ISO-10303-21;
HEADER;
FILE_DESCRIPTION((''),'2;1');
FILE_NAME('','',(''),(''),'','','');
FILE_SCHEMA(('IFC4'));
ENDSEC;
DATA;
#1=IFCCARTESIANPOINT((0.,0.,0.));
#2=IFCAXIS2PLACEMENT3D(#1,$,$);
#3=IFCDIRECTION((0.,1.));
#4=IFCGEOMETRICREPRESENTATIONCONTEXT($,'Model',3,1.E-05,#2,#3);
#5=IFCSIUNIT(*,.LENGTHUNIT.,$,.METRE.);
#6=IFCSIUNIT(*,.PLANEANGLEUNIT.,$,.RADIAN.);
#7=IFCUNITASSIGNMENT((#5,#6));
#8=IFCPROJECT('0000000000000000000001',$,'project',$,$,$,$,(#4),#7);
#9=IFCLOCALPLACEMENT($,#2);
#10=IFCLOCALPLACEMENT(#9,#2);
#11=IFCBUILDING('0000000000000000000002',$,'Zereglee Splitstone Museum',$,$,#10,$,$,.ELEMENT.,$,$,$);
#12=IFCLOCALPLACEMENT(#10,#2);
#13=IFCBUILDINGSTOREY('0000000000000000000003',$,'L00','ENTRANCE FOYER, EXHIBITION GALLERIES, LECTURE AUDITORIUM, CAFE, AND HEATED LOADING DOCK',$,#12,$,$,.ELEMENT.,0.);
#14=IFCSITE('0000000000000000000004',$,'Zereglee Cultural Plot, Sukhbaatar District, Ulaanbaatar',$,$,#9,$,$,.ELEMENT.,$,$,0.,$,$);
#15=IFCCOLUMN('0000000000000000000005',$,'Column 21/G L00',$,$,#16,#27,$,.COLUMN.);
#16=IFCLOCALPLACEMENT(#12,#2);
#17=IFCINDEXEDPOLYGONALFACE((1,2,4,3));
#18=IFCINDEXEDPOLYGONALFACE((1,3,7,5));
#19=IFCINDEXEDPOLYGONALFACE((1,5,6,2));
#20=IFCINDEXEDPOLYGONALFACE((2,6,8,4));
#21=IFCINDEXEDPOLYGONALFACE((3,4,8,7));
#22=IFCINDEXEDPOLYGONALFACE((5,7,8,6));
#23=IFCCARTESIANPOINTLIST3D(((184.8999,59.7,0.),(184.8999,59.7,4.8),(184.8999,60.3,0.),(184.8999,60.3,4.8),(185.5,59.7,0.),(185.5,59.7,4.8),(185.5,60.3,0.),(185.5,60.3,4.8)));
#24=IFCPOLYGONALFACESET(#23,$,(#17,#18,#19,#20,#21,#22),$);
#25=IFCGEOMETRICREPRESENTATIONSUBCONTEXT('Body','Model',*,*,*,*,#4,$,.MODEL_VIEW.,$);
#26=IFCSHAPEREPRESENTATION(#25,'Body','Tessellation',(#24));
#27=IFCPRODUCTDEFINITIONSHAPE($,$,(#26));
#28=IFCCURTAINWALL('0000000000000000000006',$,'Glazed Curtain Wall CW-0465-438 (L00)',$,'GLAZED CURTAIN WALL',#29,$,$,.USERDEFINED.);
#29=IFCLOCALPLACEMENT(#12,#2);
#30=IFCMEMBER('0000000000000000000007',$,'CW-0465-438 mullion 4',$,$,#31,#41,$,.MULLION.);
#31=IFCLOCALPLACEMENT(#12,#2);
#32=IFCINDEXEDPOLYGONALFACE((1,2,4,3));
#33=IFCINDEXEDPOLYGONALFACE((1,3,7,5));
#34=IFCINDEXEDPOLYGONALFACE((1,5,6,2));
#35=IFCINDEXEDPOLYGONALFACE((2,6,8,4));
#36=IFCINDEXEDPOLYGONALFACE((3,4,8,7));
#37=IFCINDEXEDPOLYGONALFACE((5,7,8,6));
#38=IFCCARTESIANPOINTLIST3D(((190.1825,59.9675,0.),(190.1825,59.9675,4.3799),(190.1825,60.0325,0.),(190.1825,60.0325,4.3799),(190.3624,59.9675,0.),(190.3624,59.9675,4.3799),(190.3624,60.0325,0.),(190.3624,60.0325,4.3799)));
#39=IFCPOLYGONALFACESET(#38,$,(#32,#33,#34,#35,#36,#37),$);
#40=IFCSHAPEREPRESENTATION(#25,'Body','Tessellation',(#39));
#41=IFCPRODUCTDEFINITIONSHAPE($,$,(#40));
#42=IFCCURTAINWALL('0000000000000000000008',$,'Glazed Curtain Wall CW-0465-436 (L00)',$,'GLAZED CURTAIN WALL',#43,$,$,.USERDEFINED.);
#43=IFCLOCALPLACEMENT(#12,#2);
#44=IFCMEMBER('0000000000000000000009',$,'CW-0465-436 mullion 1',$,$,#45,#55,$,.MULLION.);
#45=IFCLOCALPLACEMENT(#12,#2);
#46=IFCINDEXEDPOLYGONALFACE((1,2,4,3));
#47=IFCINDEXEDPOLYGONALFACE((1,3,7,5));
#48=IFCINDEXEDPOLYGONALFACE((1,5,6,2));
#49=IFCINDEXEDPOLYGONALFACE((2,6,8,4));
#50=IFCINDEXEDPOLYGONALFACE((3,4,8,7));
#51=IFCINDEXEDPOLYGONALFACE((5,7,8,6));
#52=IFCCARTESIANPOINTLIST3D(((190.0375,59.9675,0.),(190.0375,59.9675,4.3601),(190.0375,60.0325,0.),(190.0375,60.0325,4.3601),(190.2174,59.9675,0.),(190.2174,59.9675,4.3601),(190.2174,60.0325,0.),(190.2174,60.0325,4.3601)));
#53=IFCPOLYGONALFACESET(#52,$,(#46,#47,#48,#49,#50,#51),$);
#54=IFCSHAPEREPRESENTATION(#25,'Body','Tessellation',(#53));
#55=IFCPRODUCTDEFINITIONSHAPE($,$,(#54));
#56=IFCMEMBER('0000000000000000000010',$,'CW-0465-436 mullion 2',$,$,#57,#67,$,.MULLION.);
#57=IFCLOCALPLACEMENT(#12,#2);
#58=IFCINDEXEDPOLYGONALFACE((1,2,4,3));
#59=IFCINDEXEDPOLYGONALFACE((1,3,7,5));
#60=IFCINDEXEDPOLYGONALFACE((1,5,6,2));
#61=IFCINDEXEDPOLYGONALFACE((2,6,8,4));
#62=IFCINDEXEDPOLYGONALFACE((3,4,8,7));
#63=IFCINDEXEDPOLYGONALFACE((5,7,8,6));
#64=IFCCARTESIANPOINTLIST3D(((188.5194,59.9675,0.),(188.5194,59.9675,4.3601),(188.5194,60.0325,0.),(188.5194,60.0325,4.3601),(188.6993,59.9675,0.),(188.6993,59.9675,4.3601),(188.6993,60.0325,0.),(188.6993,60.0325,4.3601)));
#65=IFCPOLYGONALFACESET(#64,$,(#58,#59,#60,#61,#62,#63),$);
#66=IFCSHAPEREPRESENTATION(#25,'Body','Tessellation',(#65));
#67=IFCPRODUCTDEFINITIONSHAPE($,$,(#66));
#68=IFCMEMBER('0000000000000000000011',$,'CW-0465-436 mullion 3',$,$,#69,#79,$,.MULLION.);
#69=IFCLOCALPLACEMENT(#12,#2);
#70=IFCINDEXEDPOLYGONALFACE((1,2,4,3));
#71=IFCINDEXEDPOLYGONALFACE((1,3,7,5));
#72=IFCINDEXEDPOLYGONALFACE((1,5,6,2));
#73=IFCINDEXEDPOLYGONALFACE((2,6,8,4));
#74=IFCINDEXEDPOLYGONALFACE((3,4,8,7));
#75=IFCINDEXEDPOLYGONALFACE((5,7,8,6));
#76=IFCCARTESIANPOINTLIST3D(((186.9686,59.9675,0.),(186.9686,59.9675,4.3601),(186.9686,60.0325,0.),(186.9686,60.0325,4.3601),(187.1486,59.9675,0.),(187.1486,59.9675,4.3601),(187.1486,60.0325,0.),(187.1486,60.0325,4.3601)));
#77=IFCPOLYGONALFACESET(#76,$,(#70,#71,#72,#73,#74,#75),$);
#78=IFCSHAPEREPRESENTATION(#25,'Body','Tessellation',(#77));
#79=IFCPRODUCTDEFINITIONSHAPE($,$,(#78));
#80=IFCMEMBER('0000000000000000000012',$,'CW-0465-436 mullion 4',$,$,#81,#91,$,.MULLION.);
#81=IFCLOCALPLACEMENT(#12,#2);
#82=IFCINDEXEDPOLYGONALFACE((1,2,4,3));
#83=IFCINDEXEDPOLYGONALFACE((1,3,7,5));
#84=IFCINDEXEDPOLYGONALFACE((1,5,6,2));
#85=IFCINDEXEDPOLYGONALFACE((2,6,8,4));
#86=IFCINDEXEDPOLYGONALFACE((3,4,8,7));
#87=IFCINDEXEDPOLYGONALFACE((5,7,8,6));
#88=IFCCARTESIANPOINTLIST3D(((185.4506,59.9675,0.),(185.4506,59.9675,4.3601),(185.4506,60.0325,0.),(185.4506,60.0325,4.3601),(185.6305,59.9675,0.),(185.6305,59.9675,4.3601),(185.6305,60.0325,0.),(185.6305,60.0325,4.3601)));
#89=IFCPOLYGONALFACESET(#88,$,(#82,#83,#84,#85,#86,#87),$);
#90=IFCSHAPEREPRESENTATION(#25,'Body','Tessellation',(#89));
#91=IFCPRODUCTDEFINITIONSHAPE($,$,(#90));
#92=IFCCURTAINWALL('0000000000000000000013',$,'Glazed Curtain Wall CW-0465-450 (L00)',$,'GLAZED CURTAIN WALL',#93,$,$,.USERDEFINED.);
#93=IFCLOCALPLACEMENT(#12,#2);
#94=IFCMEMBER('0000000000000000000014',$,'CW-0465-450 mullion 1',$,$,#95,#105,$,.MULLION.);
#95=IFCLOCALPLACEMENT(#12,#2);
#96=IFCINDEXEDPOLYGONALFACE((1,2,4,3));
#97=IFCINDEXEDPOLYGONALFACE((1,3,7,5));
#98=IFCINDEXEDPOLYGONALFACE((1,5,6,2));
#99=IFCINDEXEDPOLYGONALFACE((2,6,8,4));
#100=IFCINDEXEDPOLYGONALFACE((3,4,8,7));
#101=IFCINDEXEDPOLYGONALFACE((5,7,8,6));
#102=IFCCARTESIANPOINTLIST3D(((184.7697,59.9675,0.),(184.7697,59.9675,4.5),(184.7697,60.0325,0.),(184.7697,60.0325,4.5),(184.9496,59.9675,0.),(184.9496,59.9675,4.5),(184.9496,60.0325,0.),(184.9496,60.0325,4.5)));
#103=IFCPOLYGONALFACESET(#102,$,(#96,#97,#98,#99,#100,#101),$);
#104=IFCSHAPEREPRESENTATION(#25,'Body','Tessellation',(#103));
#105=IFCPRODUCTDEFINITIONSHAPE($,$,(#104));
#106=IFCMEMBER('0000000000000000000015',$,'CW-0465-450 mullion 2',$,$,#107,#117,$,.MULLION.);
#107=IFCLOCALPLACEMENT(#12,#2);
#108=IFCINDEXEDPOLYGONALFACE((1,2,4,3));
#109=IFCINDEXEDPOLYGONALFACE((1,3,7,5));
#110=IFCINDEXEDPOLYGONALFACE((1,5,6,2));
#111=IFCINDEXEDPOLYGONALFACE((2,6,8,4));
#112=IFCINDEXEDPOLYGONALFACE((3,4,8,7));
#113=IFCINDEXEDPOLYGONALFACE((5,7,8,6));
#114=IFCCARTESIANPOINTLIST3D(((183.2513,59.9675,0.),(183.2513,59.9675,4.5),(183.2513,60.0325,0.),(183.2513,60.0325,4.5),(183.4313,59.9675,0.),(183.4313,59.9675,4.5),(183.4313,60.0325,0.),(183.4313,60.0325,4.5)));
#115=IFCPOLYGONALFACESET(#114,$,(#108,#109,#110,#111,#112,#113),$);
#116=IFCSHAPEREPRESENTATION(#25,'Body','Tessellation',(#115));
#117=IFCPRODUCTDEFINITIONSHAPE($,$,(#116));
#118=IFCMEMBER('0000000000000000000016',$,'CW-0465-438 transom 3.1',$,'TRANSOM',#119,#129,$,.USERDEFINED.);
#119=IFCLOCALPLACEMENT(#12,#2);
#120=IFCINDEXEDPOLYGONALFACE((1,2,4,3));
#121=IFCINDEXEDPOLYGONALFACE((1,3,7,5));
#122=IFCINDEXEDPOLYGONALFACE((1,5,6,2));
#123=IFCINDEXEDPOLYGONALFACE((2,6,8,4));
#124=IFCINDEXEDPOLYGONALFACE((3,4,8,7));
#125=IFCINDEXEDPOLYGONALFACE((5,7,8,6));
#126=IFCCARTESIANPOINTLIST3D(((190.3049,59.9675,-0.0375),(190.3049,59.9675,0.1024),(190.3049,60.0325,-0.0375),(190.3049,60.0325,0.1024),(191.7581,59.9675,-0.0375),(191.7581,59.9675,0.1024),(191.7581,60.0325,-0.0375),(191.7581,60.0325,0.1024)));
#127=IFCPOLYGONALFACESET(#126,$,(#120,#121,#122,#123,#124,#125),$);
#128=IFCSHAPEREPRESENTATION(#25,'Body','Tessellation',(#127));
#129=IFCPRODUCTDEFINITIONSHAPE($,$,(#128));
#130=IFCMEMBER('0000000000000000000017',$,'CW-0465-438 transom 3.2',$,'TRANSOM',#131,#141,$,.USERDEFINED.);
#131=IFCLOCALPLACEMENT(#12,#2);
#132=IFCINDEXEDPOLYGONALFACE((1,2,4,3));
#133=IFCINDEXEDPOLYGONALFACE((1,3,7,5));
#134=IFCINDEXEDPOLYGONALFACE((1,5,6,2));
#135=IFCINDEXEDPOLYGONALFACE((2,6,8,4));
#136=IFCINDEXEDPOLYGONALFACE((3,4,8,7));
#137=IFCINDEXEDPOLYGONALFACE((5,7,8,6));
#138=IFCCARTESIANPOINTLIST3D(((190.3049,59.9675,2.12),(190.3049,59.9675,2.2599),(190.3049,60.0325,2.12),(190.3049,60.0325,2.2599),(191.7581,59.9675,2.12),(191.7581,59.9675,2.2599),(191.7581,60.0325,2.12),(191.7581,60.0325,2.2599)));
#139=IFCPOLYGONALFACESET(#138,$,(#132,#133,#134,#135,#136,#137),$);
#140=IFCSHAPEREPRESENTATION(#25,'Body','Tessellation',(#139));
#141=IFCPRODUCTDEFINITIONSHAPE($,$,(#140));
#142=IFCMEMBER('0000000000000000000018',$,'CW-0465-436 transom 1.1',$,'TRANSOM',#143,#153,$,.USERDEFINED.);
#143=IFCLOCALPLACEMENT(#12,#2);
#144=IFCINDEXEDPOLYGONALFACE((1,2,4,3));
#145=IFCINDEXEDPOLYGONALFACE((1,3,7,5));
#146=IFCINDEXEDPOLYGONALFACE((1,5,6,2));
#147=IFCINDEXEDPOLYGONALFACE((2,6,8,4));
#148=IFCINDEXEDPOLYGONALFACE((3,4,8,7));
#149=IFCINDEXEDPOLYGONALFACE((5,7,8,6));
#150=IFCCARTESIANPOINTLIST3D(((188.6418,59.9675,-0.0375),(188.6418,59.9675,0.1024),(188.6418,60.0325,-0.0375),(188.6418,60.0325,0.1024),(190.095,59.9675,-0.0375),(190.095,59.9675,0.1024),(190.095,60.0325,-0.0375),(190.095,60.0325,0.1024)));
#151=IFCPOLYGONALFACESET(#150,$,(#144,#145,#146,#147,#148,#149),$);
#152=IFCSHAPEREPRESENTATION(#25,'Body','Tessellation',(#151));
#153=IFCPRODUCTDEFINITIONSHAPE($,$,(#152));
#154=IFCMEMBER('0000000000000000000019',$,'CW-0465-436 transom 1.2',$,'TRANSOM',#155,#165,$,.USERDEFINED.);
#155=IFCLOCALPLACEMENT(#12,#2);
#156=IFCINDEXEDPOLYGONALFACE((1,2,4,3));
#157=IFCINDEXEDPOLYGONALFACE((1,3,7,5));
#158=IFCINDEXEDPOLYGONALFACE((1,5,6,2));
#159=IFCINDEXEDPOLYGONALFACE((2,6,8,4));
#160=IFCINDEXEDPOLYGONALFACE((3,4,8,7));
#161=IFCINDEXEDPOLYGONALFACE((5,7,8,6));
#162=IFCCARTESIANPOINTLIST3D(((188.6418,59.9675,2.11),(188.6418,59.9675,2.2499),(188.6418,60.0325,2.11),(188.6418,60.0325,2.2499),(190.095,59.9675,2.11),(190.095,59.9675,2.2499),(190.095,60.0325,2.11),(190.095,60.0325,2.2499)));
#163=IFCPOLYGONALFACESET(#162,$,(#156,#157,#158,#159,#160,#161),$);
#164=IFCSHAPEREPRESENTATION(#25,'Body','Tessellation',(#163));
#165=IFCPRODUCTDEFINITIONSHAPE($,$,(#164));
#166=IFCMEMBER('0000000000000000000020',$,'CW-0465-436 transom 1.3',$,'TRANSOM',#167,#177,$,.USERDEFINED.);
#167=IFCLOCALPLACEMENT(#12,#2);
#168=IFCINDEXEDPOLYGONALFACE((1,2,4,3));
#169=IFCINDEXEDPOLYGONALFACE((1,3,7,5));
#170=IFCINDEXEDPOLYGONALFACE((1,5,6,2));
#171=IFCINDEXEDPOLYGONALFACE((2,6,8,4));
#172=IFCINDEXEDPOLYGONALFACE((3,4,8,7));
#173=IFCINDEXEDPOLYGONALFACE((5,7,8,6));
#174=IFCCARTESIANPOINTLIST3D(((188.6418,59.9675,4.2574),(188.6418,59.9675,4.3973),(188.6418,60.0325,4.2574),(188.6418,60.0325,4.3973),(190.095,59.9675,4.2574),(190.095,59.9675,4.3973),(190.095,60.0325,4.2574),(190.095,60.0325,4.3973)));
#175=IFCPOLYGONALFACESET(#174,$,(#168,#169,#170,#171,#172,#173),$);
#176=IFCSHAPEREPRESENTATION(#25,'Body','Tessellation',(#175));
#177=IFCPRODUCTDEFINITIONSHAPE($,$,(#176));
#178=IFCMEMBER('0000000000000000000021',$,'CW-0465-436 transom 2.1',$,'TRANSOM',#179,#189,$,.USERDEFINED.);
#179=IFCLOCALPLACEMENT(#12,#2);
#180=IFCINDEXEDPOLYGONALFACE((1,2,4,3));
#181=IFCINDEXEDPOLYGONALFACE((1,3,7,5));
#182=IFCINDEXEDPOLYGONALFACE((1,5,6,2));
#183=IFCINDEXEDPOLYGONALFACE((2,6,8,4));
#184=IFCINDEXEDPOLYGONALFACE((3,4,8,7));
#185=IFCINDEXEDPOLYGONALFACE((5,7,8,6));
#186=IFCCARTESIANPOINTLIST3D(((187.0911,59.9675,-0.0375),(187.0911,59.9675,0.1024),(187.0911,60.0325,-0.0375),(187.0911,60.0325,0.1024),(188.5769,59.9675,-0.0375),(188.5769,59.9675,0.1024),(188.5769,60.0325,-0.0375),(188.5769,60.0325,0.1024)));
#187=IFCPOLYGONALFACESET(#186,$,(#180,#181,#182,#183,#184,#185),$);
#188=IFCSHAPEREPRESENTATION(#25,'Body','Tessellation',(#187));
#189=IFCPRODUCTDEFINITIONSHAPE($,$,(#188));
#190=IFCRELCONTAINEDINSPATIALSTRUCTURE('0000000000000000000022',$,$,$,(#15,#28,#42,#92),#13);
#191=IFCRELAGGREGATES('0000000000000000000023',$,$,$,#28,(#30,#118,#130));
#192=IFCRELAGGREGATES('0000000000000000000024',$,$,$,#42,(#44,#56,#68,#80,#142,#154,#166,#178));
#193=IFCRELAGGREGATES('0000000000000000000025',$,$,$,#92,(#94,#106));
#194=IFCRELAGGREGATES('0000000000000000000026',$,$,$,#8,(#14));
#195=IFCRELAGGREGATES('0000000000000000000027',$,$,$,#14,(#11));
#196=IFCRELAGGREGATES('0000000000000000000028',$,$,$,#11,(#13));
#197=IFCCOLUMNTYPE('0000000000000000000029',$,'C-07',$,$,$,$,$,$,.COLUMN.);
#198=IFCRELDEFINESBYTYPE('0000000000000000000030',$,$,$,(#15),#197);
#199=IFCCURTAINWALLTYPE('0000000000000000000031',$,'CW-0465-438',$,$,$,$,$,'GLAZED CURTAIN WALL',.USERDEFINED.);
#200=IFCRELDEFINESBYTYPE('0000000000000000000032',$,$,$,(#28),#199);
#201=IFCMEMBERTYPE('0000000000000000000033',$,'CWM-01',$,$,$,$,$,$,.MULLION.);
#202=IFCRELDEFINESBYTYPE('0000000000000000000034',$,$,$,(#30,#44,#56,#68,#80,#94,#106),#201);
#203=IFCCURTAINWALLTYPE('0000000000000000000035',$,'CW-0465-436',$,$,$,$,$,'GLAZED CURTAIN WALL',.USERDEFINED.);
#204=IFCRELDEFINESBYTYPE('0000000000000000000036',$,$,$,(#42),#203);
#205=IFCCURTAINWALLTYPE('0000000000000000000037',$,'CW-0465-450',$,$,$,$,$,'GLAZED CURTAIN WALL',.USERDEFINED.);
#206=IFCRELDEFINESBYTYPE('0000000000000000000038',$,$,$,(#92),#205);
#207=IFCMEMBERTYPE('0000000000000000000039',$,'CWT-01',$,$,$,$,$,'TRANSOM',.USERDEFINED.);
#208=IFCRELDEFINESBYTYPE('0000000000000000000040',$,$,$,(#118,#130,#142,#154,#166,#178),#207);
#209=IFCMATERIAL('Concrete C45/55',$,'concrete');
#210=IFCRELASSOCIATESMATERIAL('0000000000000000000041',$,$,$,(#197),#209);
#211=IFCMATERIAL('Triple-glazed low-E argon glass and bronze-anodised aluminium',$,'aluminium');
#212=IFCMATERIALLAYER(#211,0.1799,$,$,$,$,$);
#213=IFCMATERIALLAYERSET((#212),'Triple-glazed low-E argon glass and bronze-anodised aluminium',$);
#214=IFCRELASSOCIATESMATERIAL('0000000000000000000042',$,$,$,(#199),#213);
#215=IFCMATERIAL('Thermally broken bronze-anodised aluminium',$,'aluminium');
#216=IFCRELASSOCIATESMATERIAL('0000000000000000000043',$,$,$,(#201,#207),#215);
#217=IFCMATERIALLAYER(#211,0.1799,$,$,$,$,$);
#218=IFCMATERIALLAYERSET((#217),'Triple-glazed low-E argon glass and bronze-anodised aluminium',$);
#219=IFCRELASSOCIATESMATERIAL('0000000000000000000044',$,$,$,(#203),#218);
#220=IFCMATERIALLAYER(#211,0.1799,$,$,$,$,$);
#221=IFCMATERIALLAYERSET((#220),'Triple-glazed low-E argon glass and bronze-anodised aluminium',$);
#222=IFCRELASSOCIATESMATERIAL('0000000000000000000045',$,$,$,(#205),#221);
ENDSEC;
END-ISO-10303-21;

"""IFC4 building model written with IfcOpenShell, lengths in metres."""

from ifc_helpers import new_model, si_unit, direction, frame, origin, origin_2d, place, context, subcontext, project, spatial, rectangle, extrude, material, layer, layer_set, material_profile, profile_set, type_object, element, aggregate, save


model = new_model("IFC4")

# Units and contexts
model_context = context("Model", 3, precision=1e-05, world=origin(), true_north=direction((0.0, 1.0)))
body_context = subcontext(model_context, "Body", "Model", "MODEL_VIEW")
ifc_project = project(units=[si_unit("LENGTHUNIT", "METRE"), si_unit("PLANEANGLEUNIT", "RADIAN")], contexts=[model_context])

# Site, building, storey
site_placement = place(None, origin())
site = spatial("IfcSite", under=ifc_project, at=site_placement, Name="Zereglee Cultural Plot, Sukhbaatar District, Ulaanbaatar", CompositionType="ELEMENT", RefElevation=0.0)
building_placement = place(site_placement, origin())
building = spatial("IfcBuilding", under=site, at=building_placement, Name="Zereglee Splitstone Museum", CompositionType="ELEMENT")
storey_placement = place(building_placement, origin())
storey = spatial("IfcBuildingStorey", under=building, at=storey_placement, Name="L00", Description="ENTRANCE FOYER, EXHIBITION GALLERIES, LECTURE AUDITORIUM, CAFE, AND HEATED LOADING DOCK", CompositionType="ELEMENT", Elevation=0.0)

# Column
ifc_material_1 = material(Name="Concrete C45/55", Category="concrete")
ifc_material_profile_1 = material_profile(ifc_material_1, rectangle(XDim=0.6001, YDim=0.6001, at=origin_2d()), Name="RC 600x600")
ifc_profile_set_1 = profile_set([ifc_material_profile_1], Name="Concrete C45/55")
column_type = type_object("IfcColumnType", Name="C-07", PredefinedType="COLUMN", material=ifc_profile_set_1)
column_placement = place(storey_placement, frame((185.2, 60.0, 0.0), z_axis=(0.0, 0.0, 1.0), x_axis=(1.0, 0.0, 0.0)))
element("IfcColumn", 1, at=column_placement, inside=storey, type_object=column_type, Name="Column 21/G L00", PredefinedType="COLUMN", context=body_context, shape_type="SweptSolid", body=[
    extrude(rectangle(XDim=0.6001, YDim=0.6001, at=origin_2d()), origin(), (0.0, 0.0, 1.0), 4.8),
])

# Curtain wall, member
ifc_material_2 = material(Name="Triple-glazed low-E argon glass and bronze-anodised aluminium", Category="aluminium")
ifc_layer_1 = layer(ifc_material_2, 0.1799)
ifc_layer_set_1 = layer_set([ifc_layer_1], Name="Triple-glazed low-E argon glass and bronze-anodised aluminium")
curtain_wall_type_1 = type_object("IfcCurtainWallType", Name="CW-0465-438", ElementType="GLAZED CURTAIN WALL", PredefinedType="USERDEFINED", material=ifc_layer_set_1)
curtain_wall_1_placement = place(storey_placement, origin())
curtain_wall_1 = element("IfcCurtainWall", 2, at=curtain_wall_1_placement, inside=storey, type_object=curtain_wall_type_1, Name="Glazed Curtain Wall CW-0465-438 (L00)", ObjectType="GLAZED CURTAIN WALL", PredefinedType="USERDEFINED")
ifc_material_3 = material(Name="Thermally broken bronze-anodised aluminium", Category="aluminium")
ifc_material_profile_2 = material_profile(ifc_material_3, rectangle(XDim=0.0649, YDim=0.1799, at=origin_2d()), Name="CW MULL 65x180")
ifc_profile_set_2 = profile_set([ifc_material_profile_2], Name="Thermally broken bronze-anodised aluminium")
member_type_1 = type_object("IfcMemberType", Name="CWM-01", PredefinedType="MULLION", material=ifc_profile_set_2)
member_1_placement = place(storey_placement, frame((190.2725, 60.0, 0.0), z_axis=(0.0, 0.0, 1.0), x_axis=(0.0, -1.0, 0.0)))
member_1 = element("IfcMember", 3, at=member_1_placement, type_object=member_type_1, Name="CW-0465-438 mullion 4", PredefinedType="MULLION", context=body_context, shape_type="SweptSolid", body=[
    extrude(rectangle(XDim=0.0649, YDim=0.1799, at=origin_2d()), origin(), (0.0, 0.0, 1.0), 4.3799),
])

# Curtain walls, members
ifc_layer_2 = layer(ifc_material_2, 0.1799)
ifc_layer_set_2 = layer_set([ifc_layer_2], Name="Triple-glazed low-E argon glass and bronze-anodised aluminium")
curtain_wall_type_2 = type_object("IfcCurtainWallType", Name="CW-0465-436", ElementType="GLAZED CURTAIN WALL", PredefinedType="USERDEFINED", material=ifc_layer_set_2)
curtain_wall_2_placement = place(storey_placement, origin())
curtain_wall_2 = element("IfcCurtainWall", 4, at=curtain_wall_2_placement, inside=storey, type_object=curtain_wall_type_2, Name="Glazed Curtain Wall CW-0465-436 (L00)", ObjectType="GLAZED CURTAIN WALL", PredefinedType="USERDEFINED")
member_2_placement = place(storey_placement, frame((190.1274, 60.0, 0.0), z_axis=(0.0, 0.0, 1.0), x_axis=(0.0, -1.0, 0.0)))
member_2 = element("IfcMember", 5, at=member_2_placement, type_object=member_type_1, Name="CW-0465-436 mullion 1", PredefinedType="MULLION", context=body_context, shape_type="SweptSolid", body=[
    extrude(rectangle(XDim=0.0649, YDim=0.1799, at=origin_2d()), origin(), (0.0, 0.0, 1.0), 4.3601),
])
member_3_placement = place(storey_placement, frame((188.6094, 60.0, 0.0), z_axis=(0.0, 0.0, 1.0), x_axis=(0.0, -1.0, 0.0)))
member_3 = element("IfcMember", 6, at=member_3_placement, type_object=member_type_1, Name="CW-0465-436 mullion 2", PredefinedType="MULLION", context=body_context, shape_type="SweptSolid", body=[
    extrude(rectangle(XDim=0.0649, YDim=0.1799, at=origin_2d()), origin(), (0.0, 0.0, 1.0), 4.3601),
])
member_4_placement = place(storey_placement, frame((187.0586, 60.0, 0.0), z_axis=(0.0, 0.0, 1.0), x_axis=(0.0, -1.0, 0.0)))
member_4 = element("IfcMember", 7, at=member_4_placement, type_object=member_type_1, Name="CW-0465-436 mullion 3", PredefinedType="MULLION", context=body_context, shape_type="SweptSolid", body=[
    extrude(rectangle(XDim=0.0649, YDim=0.1799, at=origin_2d()), origin(), (0.0, 0.0, 1.0), 4.3601),
])
member_5_placement = place(storey_placement, frame((185.5405, 60.0, 0.0), z_axis=(0.0, 0.0, 1.0), x_axis=(0.0, -1.0, 0.0)))
member_5 = element("IfcMember", 8, at=member_5_placement, type_object=member_type_1, Name="CW-0465-436 mullion 4", PredefinedType="MULLION", context=body_context, shape_type="SweptSolid", body=[
    extrude(rectangle(XDim=0.0649, YDim=0.1799, at=origin_2d()), origin(), (0.0, 0.0, 1.0), 4.3601),
])
ifc_layer_3 = layer(ifc_material_2, 0.1799)
ifc_layer_set_3 = layer_set([ifc_layer_3], Name="Triple-glazed low-E argon glass and bronze-anodised aluminium")
curtain_wall_type_3 = type_object("IfcCurtainWallType", Name="CW-0465-450", ElementType="GLAZED CURTAIN WALL", PredefinedType="USERDEFINED", material=ifc_layer_set_3)
curtain_wall_3_placement = place(storey_placement, origin())
curtain_wall_3 = element("IfcCurtainWall", 9, at=curtain_wall_3_placement, inside=storey, type_object=curtain_wall_type_3, Name="Glazed Curtain Wall CW-0465-450 (L00)", ObjectType="GLAZED CURTAIN WALL", PredefinedType="USERDEFINED")
member_6_placement = place(storey_placement, frame((184.8596, 60.0, 0.0), z_axis=(0.0, 0.0, 1.0), x_axis=(0.0, -1.0, 0.0)))
member_6 = element("IfcMember", 10, at=member_6_placement, type_object=member_type_1, Name="CW-0465-450 mullion 1", PredefinedType="MULLION", context=body_context, shape_type="SweptSolid", body=[
    extrude(rectangle(XDim=0.0649, YDim=0.1799, at=origin_2d()), origin(), (0.0, 0.0, 1.0), 4.5),
])
member_7_placement = place(storey_placement, frame((183.3413, 60.0, 0.0), z_axis=(0.0, 0.0, 1.0), x_axis=(0.0, -1.0, 0.0)))
member_7 = element("IfcMember", 11, at=member_7_placement, type_object=member_type_1, Name="CW-0465-450 mullion 2", PredefinedType="MULLION", context=body_context, shape_type="SweptSolid", body=[
    extrude(rectangle(XDim=0.0649, YDim=0.1799, at=origin_2d()), origin(), (0.0, 0.0, 1.0), 4.5),
])

# Members
ifc_material_profile_3 = material_profile(ifc_material_3, rectangle(XDim=0.0649, YDim=0.1399, at=origin_2d()), Name="CW TRAN 65x140")
ifc_profile_set_3 = profile_set([ifc_material_profile_3], Name="Thermally broken bronze-anodised aluminium")
member_type_2 = type_object("IfcMemberType", Name="CWT-01", ElementType="TRANSOM", PredefinedType="USERDEFINED", material=ifc_profile_set_3)
member_8_placement = place(storey_placement, frame((191.7581, 60.0, 0.0325), z_axis=(-1.0, 0.0, 0.0), x_axis=(0.0, -1.0, 0.0)))
member_8 = element("IfcMember", 12, at=member_8_placement, type_object=member_type_2, Name="CW-0465-438 transom 3.1", ObjectType="TRANSOM", PredefinedType="USERDEFINED", context=body_context, shape_type="SweptSolid", body=[
    extrude(rectangle(XDim=0.0649, YDim=0.1399, at=origin_2d()), origin(), (0.0, 0.0, 1.0), 1.4531),
])
member_9_placement = place(storey_placement, frame((191.7581, 60.0, 2.1899), z_axis=(-1.0, 0.0, 0.0), x_axis=(0.0, -1.0, 0.0)))
member_9 = element("IfcMember", 13, at=member_9_placement, type_object=member_type_2, Name="CW-0465-438 transom 3.2", ObjectType="TRANSOM", PredefinedType="USERDEFINED", context=body_context, shape_type="SweptSolid", body=[
    extrude(rectangle(XDim=0.0649, YDim=0.1399, at=origin_2d()), origin(), (0.0, 0.0, 1.0), 1.4531),
])
member_10_placement = place(storey_placement, frame((190.095, 60.0, 0.0325), z_axis=(-1.0, 0.0, 0.0), x_axis=(0.0, -1.0, 0.0)))
member_10 = element("IfcMember", 14, at=member_10_placement, type_object=member_type_2, Name="CW-0465-436 transom 1.1", ObjectType="TRANSOM", PredefinedType="USERDEFINED", context=body_context, shape_type="SweptSolid", body=[
    extrude(rectangle(XDim=0.0649, YDim=0.1399, at=origin_2d()), origin(), (0.0, 0.0, 1.0), 1.4531),
])
member_11_placement = place(storey_placement, frame((190.095, 60.0, 2.1799), z_axis=(-1.0, 0.0, 0.0), x_axis=(0.0, -1.0, 0.0)))
member_11 = element("IfcMember", 15, at=member_11_placement, type_object=member_type_2, Name="CW-0465-436 transom 1.2", ObjectType="TRANSOM", PredefinedType="USERDEFINED", context=body_context, shape_type="SweptSolid", body=[
    extrude(rectangle(XDim=0.0649, YDim=0.1399, at=origin_2d()), origin(), (0.0, 0.0, 1.0), 1.4531),
])
member_12_placement = place(storey_placement, frame((190.095, 60.0, 4.3274), z_axis=(-1.0, 0.0, 0.0), x_axis=(0.0, -1.0, 0.0)))
member_12 = element("IfcMember", 16, at=member_12_placement, type_object=member_type_2, Name="CW-0465-436 transom 1.3", ObjectType="TRANSOM", PredefinedType="USERDEFINED", context=body_context, shape_type="SweptSolid", body=[
    extrude(rectangle(XDim=0.0649, YDim=0.1399, at=origin_2d()), origin(), (0.0, 0.0, 1.0), 1.4531),
])
member_13_placement = place(storey_placement, frame((188.5769, 60.0, 0.0325), z_axis=(-1.0, 0.0, 0.0), x_axis=(0.0, -1.0, 0.0)))
member_13 = element("IfcMember", 17, at=member_13_placement, type_object=member_type_2, Name="CW-0465-436 transom 2.1", ObjectType="TRANSOM", PredefinedType="USERDEFINED", context=body_context, shape_type="SweptSolid", body=[
    extrude(rectangle(XDim=0.0649, YDim=0.1399, at=origin_2d()), origin(), (0.0, 0.0, 1.0), 1.4858),
])

aggregate(curtain_wall_1, [member_1, member_8, member_9])
aggregate(curtain_wall_2, [member_2, member_3, member_4, member_5, member_10, member_11, member_12, member_13])
aggregate(curtain_wall_3, [member_6, member_7])

save(model, "model.ifc")
